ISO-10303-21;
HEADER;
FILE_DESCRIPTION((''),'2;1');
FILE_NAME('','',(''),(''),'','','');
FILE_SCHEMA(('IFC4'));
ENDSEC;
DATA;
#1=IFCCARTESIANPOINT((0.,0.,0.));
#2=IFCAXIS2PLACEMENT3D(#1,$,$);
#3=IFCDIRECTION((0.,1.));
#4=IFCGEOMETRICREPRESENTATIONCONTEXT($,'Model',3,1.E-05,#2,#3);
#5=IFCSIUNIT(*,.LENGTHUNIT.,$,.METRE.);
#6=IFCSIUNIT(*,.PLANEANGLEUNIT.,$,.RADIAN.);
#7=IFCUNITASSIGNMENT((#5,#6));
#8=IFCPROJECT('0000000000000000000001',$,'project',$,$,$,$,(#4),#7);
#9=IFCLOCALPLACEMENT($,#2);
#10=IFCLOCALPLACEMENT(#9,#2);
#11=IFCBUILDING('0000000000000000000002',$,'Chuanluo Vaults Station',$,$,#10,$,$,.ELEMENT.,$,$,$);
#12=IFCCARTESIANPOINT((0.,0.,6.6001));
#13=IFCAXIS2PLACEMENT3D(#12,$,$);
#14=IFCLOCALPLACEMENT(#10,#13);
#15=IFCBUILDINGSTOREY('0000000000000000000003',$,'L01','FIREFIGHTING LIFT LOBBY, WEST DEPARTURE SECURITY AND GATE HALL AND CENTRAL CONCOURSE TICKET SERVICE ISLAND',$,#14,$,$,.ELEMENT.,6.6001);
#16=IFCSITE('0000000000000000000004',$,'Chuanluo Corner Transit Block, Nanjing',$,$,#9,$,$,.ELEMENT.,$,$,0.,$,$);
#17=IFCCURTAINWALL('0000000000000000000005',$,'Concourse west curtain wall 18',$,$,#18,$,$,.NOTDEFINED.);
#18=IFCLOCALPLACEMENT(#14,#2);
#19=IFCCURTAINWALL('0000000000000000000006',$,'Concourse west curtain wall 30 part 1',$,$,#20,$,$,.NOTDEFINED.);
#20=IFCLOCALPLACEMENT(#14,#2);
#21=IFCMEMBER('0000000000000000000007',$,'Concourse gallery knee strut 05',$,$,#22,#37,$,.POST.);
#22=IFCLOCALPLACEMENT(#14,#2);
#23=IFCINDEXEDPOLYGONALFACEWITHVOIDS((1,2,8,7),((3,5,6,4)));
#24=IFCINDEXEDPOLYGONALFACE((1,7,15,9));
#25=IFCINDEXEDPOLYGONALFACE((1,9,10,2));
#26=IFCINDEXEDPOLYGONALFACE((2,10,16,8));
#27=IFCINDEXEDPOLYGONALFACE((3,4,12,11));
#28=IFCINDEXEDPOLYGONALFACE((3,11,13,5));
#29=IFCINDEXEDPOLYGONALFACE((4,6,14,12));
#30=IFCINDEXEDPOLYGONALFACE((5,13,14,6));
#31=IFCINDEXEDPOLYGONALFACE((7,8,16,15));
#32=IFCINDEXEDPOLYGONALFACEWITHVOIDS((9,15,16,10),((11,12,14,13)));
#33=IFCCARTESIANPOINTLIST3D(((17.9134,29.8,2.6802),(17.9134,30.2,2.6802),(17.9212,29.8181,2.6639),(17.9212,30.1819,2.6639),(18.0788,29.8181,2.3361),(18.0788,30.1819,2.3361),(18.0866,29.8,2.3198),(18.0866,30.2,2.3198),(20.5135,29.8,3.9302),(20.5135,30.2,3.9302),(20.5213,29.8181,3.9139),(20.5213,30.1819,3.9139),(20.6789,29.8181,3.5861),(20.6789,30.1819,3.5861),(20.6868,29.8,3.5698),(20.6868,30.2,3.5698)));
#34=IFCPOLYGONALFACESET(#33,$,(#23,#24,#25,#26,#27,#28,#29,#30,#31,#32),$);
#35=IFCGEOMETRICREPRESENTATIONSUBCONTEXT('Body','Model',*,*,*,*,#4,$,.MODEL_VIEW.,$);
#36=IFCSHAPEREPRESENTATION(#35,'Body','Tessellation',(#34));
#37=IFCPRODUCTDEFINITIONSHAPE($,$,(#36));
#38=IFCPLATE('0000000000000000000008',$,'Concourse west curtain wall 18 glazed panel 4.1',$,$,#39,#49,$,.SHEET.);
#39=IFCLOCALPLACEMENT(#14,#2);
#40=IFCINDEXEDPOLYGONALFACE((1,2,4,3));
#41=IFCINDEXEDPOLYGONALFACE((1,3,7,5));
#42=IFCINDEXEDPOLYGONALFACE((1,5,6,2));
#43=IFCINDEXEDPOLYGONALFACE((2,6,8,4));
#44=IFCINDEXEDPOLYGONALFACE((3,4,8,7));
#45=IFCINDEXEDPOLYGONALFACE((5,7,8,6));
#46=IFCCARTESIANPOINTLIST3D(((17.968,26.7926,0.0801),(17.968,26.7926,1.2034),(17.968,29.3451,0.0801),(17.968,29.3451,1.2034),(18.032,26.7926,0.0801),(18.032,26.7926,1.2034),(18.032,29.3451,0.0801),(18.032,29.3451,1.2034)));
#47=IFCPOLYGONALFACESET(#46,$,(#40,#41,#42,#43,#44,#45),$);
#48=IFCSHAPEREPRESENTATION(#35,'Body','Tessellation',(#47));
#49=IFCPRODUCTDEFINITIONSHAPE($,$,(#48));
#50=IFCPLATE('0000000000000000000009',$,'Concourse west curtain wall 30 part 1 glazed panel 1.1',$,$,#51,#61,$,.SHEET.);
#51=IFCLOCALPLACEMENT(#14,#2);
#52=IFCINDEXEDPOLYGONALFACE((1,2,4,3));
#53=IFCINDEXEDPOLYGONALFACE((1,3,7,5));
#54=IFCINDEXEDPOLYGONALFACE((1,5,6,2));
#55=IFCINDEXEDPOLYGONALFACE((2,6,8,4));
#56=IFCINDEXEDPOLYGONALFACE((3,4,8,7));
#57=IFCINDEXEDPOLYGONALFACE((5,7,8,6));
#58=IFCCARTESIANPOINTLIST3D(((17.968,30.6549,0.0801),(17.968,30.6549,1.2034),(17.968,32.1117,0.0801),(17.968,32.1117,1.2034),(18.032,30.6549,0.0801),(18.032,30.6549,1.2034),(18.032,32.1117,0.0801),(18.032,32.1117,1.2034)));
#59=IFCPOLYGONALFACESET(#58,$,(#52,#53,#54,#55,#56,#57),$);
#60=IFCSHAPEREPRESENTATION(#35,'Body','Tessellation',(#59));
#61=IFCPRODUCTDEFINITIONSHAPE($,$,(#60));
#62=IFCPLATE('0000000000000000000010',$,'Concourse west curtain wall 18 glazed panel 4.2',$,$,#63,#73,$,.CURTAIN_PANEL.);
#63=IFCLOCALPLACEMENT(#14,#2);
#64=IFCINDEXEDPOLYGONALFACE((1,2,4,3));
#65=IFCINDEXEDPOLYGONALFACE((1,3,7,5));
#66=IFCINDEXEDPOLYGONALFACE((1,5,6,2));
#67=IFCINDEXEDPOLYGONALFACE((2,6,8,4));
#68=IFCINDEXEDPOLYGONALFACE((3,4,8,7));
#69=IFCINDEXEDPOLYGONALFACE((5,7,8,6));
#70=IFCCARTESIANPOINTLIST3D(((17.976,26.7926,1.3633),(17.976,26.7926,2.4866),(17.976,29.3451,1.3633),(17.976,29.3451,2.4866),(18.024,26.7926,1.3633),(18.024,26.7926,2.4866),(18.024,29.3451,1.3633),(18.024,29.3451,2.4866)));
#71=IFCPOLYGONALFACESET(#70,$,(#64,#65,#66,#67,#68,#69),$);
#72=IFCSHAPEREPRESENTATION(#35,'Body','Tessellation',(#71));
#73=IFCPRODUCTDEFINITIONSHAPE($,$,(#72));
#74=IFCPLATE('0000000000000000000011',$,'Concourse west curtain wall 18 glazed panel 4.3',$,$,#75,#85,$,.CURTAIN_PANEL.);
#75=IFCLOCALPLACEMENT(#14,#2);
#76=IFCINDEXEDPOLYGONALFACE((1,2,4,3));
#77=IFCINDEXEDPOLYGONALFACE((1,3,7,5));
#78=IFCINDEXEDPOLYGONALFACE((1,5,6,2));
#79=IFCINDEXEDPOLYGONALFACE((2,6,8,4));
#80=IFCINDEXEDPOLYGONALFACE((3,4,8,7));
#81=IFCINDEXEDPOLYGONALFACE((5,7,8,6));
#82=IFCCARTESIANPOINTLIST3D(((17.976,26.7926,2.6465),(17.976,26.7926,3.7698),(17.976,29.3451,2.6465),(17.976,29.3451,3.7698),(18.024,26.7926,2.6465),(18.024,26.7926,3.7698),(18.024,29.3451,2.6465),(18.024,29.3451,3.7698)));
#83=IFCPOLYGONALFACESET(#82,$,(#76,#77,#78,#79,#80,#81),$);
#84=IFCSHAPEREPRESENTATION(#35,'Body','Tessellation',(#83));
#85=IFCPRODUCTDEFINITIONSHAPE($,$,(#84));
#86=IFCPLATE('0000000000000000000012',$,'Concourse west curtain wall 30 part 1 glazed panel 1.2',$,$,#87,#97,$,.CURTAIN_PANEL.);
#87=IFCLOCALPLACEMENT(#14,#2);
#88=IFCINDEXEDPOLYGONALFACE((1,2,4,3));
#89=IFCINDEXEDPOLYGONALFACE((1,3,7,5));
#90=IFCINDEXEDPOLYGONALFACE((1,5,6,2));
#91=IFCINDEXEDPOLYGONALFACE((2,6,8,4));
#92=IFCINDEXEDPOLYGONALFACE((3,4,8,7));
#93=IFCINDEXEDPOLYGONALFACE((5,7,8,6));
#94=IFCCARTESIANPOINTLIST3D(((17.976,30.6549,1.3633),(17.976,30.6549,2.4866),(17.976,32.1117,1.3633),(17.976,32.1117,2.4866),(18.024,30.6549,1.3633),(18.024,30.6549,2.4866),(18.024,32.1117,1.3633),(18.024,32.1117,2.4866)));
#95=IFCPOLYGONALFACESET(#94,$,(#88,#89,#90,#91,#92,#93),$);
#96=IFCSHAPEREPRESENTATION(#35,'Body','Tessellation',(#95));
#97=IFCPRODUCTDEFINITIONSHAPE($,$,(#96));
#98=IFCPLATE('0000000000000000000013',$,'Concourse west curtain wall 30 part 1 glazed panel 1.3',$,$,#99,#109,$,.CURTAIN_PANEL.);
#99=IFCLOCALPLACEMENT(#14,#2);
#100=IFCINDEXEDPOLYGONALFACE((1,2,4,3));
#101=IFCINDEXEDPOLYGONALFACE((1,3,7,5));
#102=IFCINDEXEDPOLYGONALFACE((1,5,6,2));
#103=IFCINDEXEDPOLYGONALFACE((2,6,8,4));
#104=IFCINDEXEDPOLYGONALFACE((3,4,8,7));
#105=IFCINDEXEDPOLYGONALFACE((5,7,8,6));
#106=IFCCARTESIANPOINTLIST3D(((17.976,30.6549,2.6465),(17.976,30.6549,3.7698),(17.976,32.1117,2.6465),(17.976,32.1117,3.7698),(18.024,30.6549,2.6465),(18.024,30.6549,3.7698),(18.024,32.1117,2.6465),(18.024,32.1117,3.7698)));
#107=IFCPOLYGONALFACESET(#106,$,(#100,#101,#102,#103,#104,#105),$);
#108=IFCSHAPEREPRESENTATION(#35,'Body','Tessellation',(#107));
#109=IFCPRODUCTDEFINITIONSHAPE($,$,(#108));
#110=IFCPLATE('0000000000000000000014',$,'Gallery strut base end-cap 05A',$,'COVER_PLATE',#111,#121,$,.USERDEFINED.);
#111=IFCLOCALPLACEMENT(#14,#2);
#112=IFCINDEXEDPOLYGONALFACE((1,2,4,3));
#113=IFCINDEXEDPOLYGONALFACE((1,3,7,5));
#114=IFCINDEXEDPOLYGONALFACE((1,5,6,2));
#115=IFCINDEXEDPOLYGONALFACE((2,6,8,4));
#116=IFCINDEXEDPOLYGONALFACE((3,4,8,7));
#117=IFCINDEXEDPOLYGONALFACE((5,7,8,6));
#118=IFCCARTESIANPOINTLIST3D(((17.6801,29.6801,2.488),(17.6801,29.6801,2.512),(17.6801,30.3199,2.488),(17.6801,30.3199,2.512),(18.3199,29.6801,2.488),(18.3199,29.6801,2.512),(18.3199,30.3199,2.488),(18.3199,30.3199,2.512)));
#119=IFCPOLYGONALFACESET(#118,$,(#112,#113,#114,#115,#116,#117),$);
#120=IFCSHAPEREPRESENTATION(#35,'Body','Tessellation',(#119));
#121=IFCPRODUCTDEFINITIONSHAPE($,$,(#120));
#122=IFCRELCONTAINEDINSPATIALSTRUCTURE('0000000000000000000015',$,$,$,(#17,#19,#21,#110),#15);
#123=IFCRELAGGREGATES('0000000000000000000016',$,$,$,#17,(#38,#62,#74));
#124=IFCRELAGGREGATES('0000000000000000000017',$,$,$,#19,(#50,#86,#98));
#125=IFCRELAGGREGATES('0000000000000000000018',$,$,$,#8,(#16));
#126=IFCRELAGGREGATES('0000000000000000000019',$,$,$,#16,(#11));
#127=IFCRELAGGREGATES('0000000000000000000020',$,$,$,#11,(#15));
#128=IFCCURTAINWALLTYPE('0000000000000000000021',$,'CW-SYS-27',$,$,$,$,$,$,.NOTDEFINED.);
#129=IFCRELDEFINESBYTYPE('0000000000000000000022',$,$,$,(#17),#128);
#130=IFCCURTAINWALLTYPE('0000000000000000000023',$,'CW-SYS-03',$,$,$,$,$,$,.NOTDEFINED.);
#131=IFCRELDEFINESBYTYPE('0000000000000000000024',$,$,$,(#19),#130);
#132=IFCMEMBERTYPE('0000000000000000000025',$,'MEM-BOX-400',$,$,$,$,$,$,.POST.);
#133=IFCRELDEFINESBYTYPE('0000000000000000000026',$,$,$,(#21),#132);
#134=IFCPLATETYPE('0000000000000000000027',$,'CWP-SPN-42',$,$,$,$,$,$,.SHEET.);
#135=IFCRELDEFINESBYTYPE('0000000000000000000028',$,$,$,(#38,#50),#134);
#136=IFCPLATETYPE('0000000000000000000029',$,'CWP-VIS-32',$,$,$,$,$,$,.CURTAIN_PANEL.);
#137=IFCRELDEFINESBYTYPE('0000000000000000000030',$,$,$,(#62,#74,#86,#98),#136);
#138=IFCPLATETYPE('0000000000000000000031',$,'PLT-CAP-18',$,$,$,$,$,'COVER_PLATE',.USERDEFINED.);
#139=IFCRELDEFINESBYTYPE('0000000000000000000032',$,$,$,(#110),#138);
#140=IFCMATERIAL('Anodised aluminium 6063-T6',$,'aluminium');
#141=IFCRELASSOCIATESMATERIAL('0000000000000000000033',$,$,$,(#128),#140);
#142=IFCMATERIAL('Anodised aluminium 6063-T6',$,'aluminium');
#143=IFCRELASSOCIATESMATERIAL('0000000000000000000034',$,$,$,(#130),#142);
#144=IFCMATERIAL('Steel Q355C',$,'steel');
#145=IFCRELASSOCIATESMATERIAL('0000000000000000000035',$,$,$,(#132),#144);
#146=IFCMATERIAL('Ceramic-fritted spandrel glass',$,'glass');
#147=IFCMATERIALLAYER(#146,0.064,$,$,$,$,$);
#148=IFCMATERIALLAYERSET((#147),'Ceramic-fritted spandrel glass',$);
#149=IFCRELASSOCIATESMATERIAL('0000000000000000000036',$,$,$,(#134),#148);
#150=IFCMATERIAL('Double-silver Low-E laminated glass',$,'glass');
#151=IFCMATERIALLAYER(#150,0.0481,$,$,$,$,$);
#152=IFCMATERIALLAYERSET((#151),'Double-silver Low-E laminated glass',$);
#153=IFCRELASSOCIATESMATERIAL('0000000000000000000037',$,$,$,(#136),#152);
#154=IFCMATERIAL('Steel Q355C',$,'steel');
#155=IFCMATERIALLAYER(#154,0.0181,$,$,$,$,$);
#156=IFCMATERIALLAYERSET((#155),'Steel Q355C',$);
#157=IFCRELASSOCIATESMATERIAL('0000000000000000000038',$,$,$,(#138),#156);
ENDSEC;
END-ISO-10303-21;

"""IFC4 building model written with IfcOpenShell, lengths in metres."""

from ifc_helpers import new_model, si_unit, direction, frame, origin, origin_2d, place, context, subcontext, project, spatial, rectangle, hollow_rectangle, extrude, material, layer, layer_set, material_profile, profile_set, type_object, element, aggregate, save


model = new_model("IFC4")

# Units and contexts
model_context = context("Model", 3, precision=1e-05, world=origin(), true_north=direction((0.0, 1.0)))
body_context = subcontext(model_context, "Body", "Model", "MODEL_VIEW")
ifc_project = project(units=[si_unit("LENGTHUNIT", "METRE"), si_unit("PLANEANGLEUNIT", "RADIAN")], contexts=[model_context])

# Site, building, storey
site_placement = place(None, origin())
site = spatial("IfcSite", under=ifc_project, at=site_placement, Name="Chuanluo Corner Transit Block, Nanjing", CompositionType="ELEMENT", RefElevation=0.0)
building_placement = place(site_placement, origin())
building = spatial("IfcBuilding", under=site, at=building_placement, Name="Chuanluo Vaults Station", CompositionType="ELEMENT")
storey_placement = place(building_placement, frame((0.0, 0.0, 6.6001)))
storey = spatial("IfcBuildingStorey", under=building, at=storey_placement, Name="L01", Description="FIREFIGHTING LIFT LOBBY, WEST DEPARTURE SECURITY AND GATE HALL AND CENTRAL CONCOURSE TICKET SERVICE ISLAND", CompositionType="ELEMENT", Elevation=6.6001)

# Curtain walls
ifc_material_1 = material(Name="Anodised aluminium 6063-T6", Category="aluminium")
curtain_wall_type_1 = type_object("IfcCurtainWallType", Name="CW-SYS-27", PredefinedType="NOTDEFINED", material=ifc_material_1)
curtain_wall_1_placement = place(storey_placement, origin())
curtain_wall_1 = element("IfcCurtainWall", 1, at=curtain_wall_1_placement, inside=storey, type_object=curtain_wall_type_1, Name="Concourse west curtain wall 18", PredefinedType="NOTDEFINED")
ifc_material_2 = material(Name="Anodised aluminium 6063-T6", Category="aluminium")
curtain_wall_type_2 = type_object("IfcCurtainWallType", Name="CW-SYS-03", PredefinedType="NOTDEFINED", material=ifc_material_2)
curtain_wall_2_placement = place(storey_placement, origin())
curtain_wall_2 = element("IfcCurtainWall", 2, at=curtain_wall_2_placement, inside=storey, type_object=curtain_wall_type_2, Name="Concourse west curtain wall 30 part 1", PredefinedType="NOTDEFINED")

# Member
ifc_material_3 = material(Name="Steel Q355C", Category="steel")
ifc_material_profile_1 = material_profile(ifc_material_3, hollow_rectangle(XDim=0.3999, YDim=0.3999, WallThickness=0.0181, at=origin_2d()))
ifc_profile_set_1 = profile_set([ifc_material_profile_1], Name="Steel Q355C")
member_type_1 = type_object("IfcMemberType", Name="MEM-BOX-400", PredefinedType="POST", material=ifc_profile_set_1)
member_1_placement = place(storey_placement, frame((18.0, 30.0, 2.5), z_axis=(0.901259, 0.0, 0.433281), x_axis=(0.0, 1.0, 0.0)))
element("IfcMember", 3, at=member_1_placement, inside=storey, type_object=member_type_1, Name="Concourse gallery knee strut 05", PredefinedType="POST", context=body_context, shape_type="SweptSolid", body=[
    extrude(hollow_rectangle(XDim=0.3999, YDim=0.3999, WallThickness=0.0181, at=origin_2d()), origin(), (0.0, 0.0, 1.0), 2.885),
])

# Plates
ifc_material_4 = material(Name="Ceramic-fritted spandrel glass", Category="glass")
ifc_layer_1 = layer(ifc_material_4, 0.064)
ifc_layer_set_1 = layer_set([ifc_layer_1], Name="Ceramic-fritted spandrel glass")
plate_type_1 = type_object("IfcPlateType", Name="CWP-SPN-42", PredefinedType="SHEET", material=ifc_layer_set_1)
plate_1_placement = place(storey_placement, frame((18.0, 28.0688, 0.0801), z_axis=(0.0, 0.0, 1.0), x_axis=(0.0, 1.0, 0.0)))
plate_1 = element("IfcPlate", 4, at=plate_1_placement, type_object=plate_type_1, Name="Concourse west curtain wall 18 glazed panel 4.1", PredefinedType="SHEET", context=body_context, shape_type="SweptSolid", body=[
    extrude(rectangle(XDim=2.5525, YDim=0.064, at=origin_2d()), origin(), (0.0, 0.0, 1.0), 1.1233),
])
plate_2_placement = place(storey_placement, frame((18.0, 31.3833, 0.0801), z_axis=(0.0, 0.0, 1.0), x_axis=(0.0, 1.0, 0.0)))
plate_2 = element("IfcPlate", 5, at=plate_2_placement, type_object=plate_type_1, Name="Concourse west curtain wall 30 part 1 glazed panel 1.1", PredefinedType="SHEET", context=body_context, shape_type="SweptSolid", body=[
    extrude(rectangle(XDim=1.4568, YDim=0.064, at=origin_2d()), origin(), (0.0, 0.0, 1.0), 1.1233),
])
ifc_material_5 = material(Name="Double-silver Low-E laminated glass", Category="glass")
ifc_layer_2 = layer(ifc_material_5, 0.0481)
ifc_layer_set_2 = layer_set([ifc_layer_2], Name="Double-silver Low-E laminated glass")
plate_type_2 = type_object("IfcPlateType", Name="CWP-VIS-32", PredefinedType="CURTAIN_PANEL", material=ifc_layer_set_2)
plate_3_placement = place(storey_placement, frame((18.0, 28.0688, 1.3633), z_axis=(0.0, 0.0, 1.0), x_axis=(0.0, 1.0, 0.0)))
plate_3 = element("IfcPlate", 6, at=plate_3_placement, type_object=plate_type_2, Name="Concourse west curtain wall 18 glazed panel 4.2", PredefinedType="CURTAIN_PANEL", context=body_context, shape_type="SweptSolid", body=[
    extrude(rectangle(XDim=2.5525, YDim=0.0481, at=origin_2d()), origin(), (0.0, 0.0, 1.0), 1.1233),
])
plate_4_placement = place(storey_placement, frame((18.0, 28.0688, 2.6465), z_axis=(0.0, 0.0, 1.0), x_axis=(0.0, 1.0, 0.0)))
plate_4 = element("IfcPlate", 7, at=plate_4_placement, type_object=plate_type_2, Name="Concourse west curtain wall 18 glazed panel 4.3", PredefinedType="CURTAIN_PANEL", context=body_context, shape_type="SweptSolid", body=[
    extrude(rectangle(XDim=2.5525, YDim=0.0481, at=origin_2d()), origin(), (0.0, 0.0, 1.0), 1.1233),
])
aggregate(curtain_wall_1, [plate_1, plate_3, plate_4])
plate_5_placement = place(storey_placement, frame((18.0, 31.3833, 1.3633), z_axis=(0.0, 0.0, 1.0), x_axis=(0.0, 1.0, 0.0)))
plate_5 = element("IfcPlate", 8, at=plate_5_placement, type_object=plate_type_2, Name="Concourse west curtain wall 30 part 1 glazed panel 1.2", PredefinedType="CURTAIN_PANEL", context=body_context, shape_type="SweptSolid", body=[
    extrude(rectangle(XDim=1.4568, YDim=0.0481, at=origin_2d()), origin(), (0.0, 0.0, 1.0), 1.1233),
])
plate_6_placement = place(storey_placement, frame((18.0, 31.3833, 2.6465), z_axis=(0.0, 0.0, 1.0), x_axis=(0.0, 1.0, 0.0)))
plate_6 = element("IfcPlate", 9, at=plate_6_placement, type_object=plate_type_2, Name="Concourse west curtain wall 30 part 1 glazed panel 1.3", PredefinedType="CURTAIN_PANEL", context=body_context, shape_type="SweptSolid", body=[
    extrude(rectangle(XDim=1.4568, YDim=0.0481, at=origin_2d()), origin(), (0.0, 0.0, 1.0), 1.1233),
])
aggregate(curtain_wall_2, [plate_2, plate_5, plate_6])
ifc_material_6 = material(Name="Steel Q355C", Category="steel")
ifc_layer_3 = layer(ifc_material_6, 0.0181)
ifc_layer_set_3 = layer_set([ifc_layer_3], Name="Steel Q355C")
plate_type_3 = type_object("IfcPlateType", Name="PLT-CAP-18", ElementType="COVER_PLATE", PredefinedType="USERDEFINED", material=ifc_layer_set_3)
plate_7_placement = place(storey_placement, frame((18.0, 30.0, 2.488), z_axis=(0.0, 0.0, 1.0), x_axis=(1.0, 0.0, 0.0)))
element("IfcPlate", 10, at=plate_7_placement, inside=storey, type_object=plate_type_3, Name="Gallery strut base end-cap 05A", ObjectType="COVER_PLATE", PredefinedType="USERDEFINED", context=body_context, shape_type="SweptSolid", body=[
    extrude(rectangle(XDim=0.6399, YDim=0.6399, at=origin_2d()), origin(), (0.0, 0.0, 1.0), 0.0239),
])

save(model, "model.ifc")
